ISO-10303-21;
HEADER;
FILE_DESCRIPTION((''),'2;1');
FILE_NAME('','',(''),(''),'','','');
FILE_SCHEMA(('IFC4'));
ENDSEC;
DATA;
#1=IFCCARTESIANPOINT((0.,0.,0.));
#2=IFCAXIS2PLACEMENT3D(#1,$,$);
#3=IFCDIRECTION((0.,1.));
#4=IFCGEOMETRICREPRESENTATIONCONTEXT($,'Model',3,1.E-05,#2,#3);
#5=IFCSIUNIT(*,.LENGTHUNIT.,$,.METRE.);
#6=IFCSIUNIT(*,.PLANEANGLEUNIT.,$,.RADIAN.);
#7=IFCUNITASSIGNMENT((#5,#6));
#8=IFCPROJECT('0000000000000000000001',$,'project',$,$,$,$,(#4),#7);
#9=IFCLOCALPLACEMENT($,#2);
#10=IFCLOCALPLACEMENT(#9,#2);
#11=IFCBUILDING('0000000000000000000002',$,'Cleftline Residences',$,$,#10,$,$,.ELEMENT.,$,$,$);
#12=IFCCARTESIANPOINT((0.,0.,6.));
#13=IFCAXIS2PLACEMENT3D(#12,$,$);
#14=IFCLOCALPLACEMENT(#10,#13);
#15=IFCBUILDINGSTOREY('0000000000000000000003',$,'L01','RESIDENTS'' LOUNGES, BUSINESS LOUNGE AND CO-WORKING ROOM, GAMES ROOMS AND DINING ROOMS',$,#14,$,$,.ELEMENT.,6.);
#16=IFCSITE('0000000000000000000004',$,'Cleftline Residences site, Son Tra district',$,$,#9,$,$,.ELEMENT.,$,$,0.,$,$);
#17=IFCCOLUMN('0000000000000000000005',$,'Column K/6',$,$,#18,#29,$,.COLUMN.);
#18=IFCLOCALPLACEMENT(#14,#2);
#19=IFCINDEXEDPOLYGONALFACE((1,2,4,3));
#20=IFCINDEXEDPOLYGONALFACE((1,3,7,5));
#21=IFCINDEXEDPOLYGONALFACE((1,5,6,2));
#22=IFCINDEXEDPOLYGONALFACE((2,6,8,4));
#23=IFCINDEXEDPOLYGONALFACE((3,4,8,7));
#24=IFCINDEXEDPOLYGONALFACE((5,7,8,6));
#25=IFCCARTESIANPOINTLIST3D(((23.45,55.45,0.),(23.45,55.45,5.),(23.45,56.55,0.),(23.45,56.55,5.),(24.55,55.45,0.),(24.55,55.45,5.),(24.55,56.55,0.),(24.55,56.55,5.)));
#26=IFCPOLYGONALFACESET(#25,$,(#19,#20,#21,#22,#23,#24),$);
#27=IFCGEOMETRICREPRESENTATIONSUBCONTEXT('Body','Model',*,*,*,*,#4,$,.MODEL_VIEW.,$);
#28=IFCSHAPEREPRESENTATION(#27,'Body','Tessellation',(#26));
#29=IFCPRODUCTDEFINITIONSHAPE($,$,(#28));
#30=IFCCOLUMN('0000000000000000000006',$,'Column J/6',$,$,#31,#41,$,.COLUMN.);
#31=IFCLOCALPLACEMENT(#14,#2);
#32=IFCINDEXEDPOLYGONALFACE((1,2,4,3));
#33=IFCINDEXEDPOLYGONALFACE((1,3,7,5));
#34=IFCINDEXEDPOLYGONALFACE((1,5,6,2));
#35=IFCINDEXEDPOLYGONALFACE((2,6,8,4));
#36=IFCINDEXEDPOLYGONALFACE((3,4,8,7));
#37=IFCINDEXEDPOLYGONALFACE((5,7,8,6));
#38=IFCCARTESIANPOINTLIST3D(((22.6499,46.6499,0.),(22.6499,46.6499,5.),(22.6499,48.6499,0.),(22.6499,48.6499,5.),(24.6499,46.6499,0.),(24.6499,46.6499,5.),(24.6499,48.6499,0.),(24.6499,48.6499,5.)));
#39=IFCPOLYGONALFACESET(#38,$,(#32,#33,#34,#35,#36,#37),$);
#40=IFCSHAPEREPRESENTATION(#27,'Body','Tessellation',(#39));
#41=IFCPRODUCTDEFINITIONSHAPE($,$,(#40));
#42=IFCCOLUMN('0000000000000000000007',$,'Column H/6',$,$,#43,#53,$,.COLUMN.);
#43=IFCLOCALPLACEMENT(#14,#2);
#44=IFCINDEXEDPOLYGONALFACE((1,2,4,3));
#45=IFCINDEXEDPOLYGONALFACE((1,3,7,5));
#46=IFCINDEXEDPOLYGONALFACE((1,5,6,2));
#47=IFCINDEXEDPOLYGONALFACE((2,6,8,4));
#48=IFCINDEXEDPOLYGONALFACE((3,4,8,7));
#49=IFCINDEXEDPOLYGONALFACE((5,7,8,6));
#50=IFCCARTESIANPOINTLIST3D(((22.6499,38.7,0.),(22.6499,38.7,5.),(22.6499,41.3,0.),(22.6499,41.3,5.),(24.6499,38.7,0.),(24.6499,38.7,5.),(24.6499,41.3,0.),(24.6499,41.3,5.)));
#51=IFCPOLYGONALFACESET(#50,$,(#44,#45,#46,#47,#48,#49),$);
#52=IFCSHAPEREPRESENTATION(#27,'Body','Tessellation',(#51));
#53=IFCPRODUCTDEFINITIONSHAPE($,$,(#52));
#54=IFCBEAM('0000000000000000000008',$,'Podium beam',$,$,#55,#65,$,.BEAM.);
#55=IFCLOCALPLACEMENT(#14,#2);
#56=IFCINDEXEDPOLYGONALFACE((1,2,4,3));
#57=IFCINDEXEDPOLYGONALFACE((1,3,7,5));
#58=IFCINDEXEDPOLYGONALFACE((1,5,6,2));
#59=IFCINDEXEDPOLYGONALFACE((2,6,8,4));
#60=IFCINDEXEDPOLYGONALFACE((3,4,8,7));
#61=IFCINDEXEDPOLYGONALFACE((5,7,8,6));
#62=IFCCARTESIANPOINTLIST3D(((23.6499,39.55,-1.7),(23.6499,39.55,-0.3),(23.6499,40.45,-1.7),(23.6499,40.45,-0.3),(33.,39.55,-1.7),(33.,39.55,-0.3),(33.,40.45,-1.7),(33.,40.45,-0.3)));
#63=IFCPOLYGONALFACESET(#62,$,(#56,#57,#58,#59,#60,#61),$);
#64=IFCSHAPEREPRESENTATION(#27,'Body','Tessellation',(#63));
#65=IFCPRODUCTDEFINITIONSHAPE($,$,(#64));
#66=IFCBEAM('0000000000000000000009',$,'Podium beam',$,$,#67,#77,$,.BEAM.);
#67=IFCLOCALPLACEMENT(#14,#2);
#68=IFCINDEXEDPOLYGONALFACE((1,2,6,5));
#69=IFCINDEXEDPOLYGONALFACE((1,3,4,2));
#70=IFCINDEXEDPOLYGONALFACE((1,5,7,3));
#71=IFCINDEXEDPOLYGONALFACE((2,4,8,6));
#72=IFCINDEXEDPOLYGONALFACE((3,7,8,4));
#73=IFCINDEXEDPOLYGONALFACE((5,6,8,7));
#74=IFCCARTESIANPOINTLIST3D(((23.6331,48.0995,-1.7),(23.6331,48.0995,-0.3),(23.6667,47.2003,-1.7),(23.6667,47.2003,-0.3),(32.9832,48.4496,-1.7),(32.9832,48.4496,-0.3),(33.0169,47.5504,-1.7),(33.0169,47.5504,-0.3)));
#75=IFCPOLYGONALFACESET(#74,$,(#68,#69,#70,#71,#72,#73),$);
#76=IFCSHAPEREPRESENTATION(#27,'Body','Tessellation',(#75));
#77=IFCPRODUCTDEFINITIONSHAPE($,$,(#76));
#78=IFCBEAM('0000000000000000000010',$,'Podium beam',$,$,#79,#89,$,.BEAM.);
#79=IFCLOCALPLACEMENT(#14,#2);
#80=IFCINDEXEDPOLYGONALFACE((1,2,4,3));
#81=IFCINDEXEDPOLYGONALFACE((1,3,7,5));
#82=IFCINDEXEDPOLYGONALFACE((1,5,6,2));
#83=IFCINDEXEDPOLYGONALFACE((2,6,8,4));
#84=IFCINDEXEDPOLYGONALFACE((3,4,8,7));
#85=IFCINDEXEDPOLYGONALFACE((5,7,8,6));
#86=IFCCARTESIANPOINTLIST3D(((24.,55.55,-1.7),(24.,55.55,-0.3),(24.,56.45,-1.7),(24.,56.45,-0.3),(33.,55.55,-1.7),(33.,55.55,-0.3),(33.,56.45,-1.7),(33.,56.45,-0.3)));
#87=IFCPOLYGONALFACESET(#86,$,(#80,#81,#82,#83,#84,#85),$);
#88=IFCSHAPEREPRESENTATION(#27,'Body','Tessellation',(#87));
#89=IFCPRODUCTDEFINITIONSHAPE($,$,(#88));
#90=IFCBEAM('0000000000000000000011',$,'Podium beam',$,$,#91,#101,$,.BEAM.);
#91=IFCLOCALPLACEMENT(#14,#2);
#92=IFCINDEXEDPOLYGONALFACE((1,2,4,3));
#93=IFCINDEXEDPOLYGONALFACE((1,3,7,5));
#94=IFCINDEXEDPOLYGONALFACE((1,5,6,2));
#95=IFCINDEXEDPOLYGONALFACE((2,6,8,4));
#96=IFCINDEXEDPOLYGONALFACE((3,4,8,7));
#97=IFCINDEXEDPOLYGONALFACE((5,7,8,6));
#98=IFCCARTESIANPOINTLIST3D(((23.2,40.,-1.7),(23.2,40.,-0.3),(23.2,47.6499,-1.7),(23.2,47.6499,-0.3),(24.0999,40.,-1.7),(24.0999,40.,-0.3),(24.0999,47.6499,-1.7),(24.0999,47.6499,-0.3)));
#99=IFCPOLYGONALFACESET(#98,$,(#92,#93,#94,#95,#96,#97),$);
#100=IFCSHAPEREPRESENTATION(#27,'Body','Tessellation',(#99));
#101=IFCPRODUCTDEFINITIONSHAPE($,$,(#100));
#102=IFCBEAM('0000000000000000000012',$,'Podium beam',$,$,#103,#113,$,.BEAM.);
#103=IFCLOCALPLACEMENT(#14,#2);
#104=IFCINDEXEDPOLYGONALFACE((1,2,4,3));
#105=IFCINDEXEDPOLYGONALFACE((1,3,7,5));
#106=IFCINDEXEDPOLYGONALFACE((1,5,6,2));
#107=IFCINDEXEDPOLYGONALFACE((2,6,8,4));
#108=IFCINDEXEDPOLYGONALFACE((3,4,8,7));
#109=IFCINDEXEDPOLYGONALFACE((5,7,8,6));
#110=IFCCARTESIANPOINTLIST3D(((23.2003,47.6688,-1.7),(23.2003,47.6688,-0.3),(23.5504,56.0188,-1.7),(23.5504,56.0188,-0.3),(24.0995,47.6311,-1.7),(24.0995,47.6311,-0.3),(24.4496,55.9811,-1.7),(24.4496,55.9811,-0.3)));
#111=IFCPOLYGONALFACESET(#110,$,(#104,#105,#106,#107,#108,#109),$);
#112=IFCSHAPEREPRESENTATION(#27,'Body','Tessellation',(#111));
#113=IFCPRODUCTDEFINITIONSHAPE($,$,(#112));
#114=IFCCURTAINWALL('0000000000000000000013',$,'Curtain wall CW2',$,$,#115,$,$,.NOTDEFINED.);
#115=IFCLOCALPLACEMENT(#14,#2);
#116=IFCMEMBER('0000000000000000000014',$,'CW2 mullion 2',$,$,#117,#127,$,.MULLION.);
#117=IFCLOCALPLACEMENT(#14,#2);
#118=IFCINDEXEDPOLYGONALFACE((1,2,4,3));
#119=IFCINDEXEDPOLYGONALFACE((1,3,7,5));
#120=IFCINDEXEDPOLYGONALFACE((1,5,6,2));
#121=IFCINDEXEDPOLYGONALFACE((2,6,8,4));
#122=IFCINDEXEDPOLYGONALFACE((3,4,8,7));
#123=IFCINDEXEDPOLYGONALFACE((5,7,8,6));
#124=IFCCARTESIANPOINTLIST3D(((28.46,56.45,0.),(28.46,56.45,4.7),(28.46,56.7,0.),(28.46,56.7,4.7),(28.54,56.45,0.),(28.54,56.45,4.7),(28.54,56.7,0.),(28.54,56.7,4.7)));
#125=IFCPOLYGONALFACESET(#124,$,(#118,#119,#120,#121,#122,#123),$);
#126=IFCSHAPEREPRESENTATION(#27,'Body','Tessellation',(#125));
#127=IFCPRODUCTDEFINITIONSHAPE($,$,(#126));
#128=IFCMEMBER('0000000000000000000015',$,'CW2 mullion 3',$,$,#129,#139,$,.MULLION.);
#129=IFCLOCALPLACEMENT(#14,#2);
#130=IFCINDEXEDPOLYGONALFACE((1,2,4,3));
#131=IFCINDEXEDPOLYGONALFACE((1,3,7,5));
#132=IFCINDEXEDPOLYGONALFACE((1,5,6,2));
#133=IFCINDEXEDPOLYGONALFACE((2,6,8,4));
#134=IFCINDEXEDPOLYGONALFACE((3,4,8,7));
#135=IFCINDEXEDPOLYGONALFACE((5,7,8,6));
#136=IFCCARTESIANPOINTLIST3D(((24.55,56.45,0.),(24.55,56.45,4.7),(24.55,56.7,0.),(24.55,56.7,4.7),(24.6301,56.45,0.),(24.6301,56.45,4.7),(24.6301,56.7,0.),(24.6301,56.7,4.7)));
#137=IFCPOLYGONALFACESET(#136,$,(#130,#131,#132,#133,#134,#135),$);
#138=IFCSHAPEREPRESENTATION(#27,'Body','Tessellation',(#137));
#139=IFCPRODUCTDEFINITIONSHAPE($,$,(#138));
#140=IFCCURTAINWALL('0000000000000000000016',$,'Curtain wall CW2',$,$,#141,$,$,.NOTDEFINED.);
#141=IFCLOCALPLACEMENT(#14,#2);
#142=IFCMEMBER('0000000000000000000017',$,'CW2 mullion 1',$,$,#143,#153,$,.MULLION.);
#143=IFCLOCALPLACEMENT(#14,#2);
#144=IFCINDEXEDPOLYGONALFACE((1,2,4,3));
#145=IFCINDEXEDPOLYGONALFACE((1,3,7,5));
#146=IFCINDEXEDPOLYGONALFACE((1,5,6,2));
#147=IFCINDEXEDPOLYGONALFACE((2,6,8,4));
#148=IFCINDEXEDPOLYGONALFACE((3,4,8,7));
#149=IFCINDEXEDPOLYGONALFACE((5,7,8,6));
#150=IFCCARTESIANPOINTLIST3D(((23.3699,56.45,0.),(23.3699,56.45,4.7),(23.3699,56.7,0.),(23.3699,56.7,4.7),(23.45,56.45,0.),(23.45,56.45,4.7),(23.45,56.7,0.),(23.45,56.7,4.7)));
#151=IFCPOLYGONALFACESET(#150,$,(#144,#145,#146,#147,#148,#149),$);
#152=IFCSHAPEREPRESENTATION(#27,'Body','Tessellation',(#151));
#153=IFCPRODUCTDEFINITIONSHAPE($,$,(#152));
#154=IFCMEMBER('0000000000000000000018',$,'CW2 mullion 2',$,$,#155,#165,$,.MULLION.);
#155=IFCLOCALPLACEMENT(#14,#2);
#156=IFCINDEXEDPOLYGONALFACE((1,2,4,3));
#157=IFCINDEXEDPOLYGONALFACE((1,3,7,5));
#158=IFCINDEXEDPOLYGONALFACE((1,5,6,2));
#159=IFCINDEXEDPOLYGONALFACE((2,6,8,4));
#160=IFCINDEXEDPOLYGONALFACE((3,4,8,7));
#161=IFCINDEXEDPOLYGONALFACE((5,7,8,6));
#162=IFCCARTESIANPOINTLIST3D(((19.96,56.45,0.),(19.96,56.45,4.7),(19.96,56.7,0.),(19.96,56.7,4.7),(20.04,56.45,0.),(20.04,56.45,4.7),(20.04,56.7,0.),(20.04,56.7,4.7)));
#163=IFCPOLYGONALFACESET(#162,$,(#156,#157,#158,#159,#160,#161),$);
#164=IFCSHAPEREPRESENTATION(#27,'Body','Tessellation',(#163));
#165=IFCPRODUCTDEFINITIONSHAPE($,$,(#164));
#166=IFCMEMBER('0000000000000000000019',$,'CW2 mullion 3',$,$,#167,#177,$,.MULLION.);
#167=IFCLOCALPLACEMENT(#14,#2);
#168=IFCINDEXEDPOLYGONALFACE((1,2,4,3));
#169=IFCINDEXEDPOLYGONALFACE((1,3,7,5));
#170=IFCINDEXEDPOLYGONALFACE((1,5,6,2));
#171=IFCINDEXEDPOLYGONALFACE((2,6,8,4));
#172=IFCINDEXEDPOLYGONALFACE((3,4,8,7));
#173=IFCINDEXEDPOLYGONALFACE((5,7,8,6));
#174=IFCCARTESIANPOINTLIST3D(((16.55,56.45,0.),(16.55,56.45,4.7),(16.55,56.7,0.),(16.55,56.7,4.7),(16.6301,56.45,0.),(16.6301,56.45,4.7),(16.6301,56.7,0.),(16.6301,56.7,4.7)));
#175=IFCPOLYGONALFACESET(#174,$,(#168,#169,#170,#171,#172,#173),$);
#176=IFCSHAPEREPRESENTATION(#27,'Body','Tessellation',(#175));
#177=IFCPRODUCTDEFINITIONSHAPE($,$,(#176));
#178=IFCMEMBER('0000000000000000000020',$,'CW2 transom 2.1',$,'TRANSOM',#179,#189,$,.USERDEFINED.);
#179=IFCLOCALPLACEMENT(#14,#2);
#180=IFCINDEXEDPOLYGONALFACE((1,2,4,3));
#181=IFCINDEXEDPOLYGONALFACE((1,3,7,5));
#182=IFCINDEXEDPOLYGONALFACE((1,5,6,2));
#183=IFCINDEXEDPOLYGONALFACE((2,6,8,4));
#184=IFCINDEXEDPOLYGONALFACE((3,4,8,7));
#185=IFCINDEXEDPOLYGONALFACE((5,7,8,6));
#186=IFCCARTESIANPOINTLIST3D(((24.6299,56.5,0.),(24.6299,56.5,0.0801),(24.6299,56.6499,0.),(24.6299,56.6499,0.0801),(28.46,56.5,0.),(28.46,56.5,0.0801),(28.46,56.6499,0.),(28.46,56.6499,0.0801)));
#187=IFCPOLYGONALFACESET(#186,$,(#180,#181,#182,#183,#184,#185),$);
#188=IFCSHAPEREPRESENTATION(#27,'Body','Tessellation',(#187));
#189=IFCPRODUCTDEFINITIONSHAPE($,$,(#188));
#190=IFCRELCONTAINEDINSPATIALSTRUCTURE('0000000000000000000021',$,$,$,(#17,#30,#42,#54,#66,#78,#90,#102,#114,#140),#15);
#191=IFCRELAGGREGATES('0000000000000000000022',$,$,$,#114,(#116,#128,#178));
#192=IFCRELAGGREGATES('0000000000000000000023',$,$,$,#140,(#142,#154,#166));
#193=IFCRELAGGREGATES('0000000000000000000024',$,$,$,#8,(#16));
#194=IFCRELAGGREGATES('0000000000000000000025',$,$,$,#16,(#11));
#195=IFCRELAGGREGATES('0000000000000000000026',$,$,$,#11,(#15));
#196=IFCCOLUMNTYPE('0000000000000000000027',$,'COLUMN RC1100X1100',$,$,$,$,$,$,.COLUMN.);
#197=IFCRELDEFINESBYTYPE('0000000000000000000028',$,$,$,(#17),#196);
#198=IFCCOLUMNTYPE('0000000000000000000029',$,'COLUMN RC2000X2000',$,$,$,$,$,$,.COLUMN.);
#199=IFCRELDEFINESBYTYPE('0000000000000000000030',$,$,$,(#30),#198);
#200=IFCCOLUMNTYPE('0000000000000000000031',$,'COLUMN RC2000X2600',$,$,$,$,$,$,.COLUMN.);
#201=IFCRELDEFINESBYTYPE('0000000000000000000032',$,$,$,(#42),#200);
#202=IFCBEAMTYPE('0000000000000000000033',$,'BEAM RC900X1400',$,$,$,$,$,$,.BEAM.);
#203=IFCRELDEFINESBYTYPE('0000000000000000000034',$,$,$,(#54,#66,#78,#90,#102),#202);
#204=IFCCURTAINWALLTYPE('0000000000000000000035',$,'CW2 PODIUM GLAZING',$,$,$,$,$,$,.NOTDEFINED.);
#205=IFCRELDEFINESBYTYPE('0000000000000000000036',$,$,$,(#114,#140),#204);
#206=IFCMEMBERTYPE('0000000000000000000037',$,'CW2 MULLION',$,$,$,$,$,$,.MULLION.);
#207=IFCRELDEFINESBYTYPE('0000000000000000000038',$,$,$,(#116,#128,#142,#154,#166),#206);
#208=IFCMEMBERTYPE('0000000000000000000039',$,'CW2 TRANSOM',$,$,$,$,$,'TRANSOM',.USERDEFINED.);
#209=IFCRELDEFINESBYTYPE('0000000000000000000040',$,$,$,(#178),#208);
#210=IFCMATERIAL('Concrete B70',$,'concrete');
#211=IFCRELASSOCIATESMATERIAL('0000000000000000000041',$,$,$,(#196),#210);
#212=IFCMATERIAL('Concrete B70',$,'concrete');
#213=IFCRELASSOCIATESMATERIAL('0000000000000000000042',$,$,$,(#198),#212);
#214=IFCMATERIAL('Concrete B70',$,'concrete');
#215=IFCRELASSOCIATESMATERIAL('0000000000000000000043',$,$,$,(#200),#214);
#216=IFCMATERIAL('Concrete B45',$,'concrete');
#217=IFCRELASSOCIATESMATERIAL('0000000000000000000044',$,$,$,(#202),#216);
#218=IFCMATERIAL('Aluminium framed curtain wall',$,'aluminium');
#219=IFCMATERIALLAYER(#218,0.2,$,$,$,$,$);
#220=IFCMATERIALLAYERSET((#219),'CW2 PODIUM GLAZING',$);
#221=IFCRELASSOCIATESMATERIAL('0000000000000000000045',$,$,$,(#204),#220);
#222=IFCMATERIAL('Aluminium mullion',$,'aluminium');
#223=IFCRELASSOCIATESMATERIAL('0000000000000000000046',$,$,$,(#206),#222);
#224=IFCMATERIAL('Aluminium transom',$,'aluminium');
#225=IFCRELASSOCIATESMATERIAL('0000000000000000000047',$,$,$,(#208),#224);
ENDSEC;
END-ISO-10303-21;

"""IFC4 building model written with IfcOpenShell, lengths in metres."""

from ifc_helpers import new_model, si_unit, direction, frame, origin, origin_2d, place, context, subcontext, project, spatial, rectangle, extrude, material, layer, layer_set, material_profile, profile_set, type_object, element, aggregate, save


model = new_model("IFC4")

# Units and contexts
model_context = context("Model", 3, precision=1e-05, world=origin(), true_north=direction((0.0, 1.0)))
body_context = subcontext(model_context, "Body", "Model", "MODEL_VIEW")
ifc_project = project(units=[si_unit("LENGTHUNIT", "METRE"), si_unit("PLANEANGLEUNIT", "RADIAN")], contexts=[model_context])

# Site, building, storey
site_placement = place(None, origin())
site = spatial("IfcSite", under=ifc_project, at=site_placement, Name="Cleftline Residences site, Son Tra district", CompositionType="ELEMENT", RefElevation=0.0)
building_placement = place(site_placement, origin())
building = spatial("IfcBuilding", under=site, at=building_placement, Name="Cleftline Residences", CompositionType="ELEMENT")
storey_placement = place(building_placement, frame((0.0, 0.0, 6.0)))
storey = spatial("IfcBuildingStorey", under=building, at=storey_placement, Name="L01", Description="RESIDENTS' LOUNGES, BUSINESS LOUNGE AND CO-WORKING ROOM, GAMES ROOMS AND DINING ROOMS", CompositionType="ELEMENT", Elevation=6.0)

# Columns
ifc_material_1 = material(Name="Concrete B70", Category="concrete")
ifc_material_profile_1 = material_profile(ifc_material_1, rectangle(XDim=1.1001, YDim=1.1001, at=origin_2d()))
ifc_profile_set_1 = profile_set([ifc_material_profile_1], Name="Concrete B70")
column_type_1 = type_object("IfcColumnType", Name="COLUMN RC1100X1100", PredefinedType="COLUMN", material=ifc_profile_set_1)
column_1_placement = place(storey_placement, frame((24.0, 56.0, 0.0), z_axis=(0.0, 0.0, 1.0), x_axis=(1.0, 0.0, 0.0)))
element("IfcColumn", 1, at=column_1_placement, inside=storey, type_object=column_type_1, Name="Column K/6", PredefinedType="COLUMN", context=body_context, shape_type="SweptSolid", body=[
    extrude(rectangle(XDim=1.1001, YDim=1.1001, at=origin_2d()), origin(), (0.0, 0.0, 1.0), 5.0),
])
ifc_material_2 = material(Name="Concrete B70", Category="concrete")
ifc_material_profile_2 = material_profile(ifc_material_2, rectangle(XDim=2.0, YDim=2.0, at=origin_2d()))
ifc_profile_set_2 = profile_set([ifc_material_profile_2], Name="Concrete B70")
column_type_2 = type_object("IfcColumnType", Name="COLUMN RC2000X2000", PredefinedType="COLUMN", material=ifc_profile_set_2)
column_2_placement = place(storey_placement, frame((23.6499, 47.6499, 0.0), z_axis=(0.0, 0.0, 1.0), x_axis=(1.0, 0.0, 0.0)))
element("IfcColumn", 2, at=column_2_placement, inside=storey, type_object=column_type_2, Name="Column J/6", PredefinedType="COLUMN", context=body_context, shape_type="SweptSolid", body=[
    extrude(rectangle(XDim=2.0, YDim=2.0, at=origin_2d()), origin(), (0.0, 0.0, 1.0), 5.0),
])
ifc_material_3 = material(Name="Concrete B70", Category="concrete")
ifc_material_profile_3 = material_profile(ifc_material_3, rectangle(XDim=2.0, YDim=2.6001, at=origin_2d()))
ifc_profile_set_3 = profile_set([ifc_material_profile_3], Name="Concrete B70")
column_type_3 = type_object("IfcColumnType", Name="COLUMN RC2000X2600", PredefinedType="COLUMN", material=ifc_profile_set_3)
column_3_placement = place(storey_placement, frame((23.6499, 40.0, 0.0), z_axis=(0.0, 0.0, 1.0), x_axis=(1.0, 0.0, 0.0)))
element("IfcColumn", 3, at=column_3_placement, inside=storey, type_object=column_type_3, Name="Column H/6", PredefinedType="COLUMN", context=body_context, shape_type="SweptSolid", body=[
    extrude(rectangle(XDim=2.0, YDim=2.6001, at=origin_2d()), origin(), (0.0, 0.0, 1.0), 5.0),
])

# Beams
ifc_material_4 = material(Name="Concrete B45", Category="concrete")
ifc_material_profile_4 = material_profile(ifc_material_4, rectangle(XDim=0.8999, YDim=1.3999, at=origin_2d()))
ifc_profile_set_4 = profile_set([ifc_material_profile_4], Name="Concrete B45")
beam_type = type_object("IfcBeamType", Name="BEAM RC900X1400", PredefinedType="BEAM", material=ifc_profile_set_4)
beam_1_placement = place(storey_placement, frame((23.6499, 40.0, -1.0), z_axis=(1.0, 0.0, 0.0), x_axis=(0.0, 1.0, 0.0)))
element("IfcBeam", 4, at=beam_1_placement, inside=storey, type_object=beam_type, Name="Podium beam", PredefinedType="BEAM", context=body_context, shape_type="SweptSolid", body=[
    extrude(rectangle(XDim=0.8999, YDim=1.3999, at=origin_2d()), origin(), (0.0, 0.0, 1.0), 9.3501),
])
beam_2_placement = place(storey_placement, frame((23.6499, 47.6499, -1.0), z_axis=(0.9993, 0.037417, 0.0), x_axis=(-0.037417, 0.9993, 0.0)))
element("IfcBeam", 5, at=beam_2_placement, inside=storey, type_object=beam_type, Name="Podium beam", PredefinedType="BEAM", context=body_context, shape_type="SweptSolid", body=[
    extrude(rectangle(XDim=0.8999, YDim=1.3999, at=origin_2d()), origin(), (0.0, 0.0, 1.0), 9.3567),
])
beam_3_placement = place(storey_placement, frame((24.0, 56.0, -1.0), z_axis=(1.0, 0.0, 0.0), x_axis=(0.0, 1.0, 0.0)))
element("IfcBeam", 6, at=beam_3_placement, inside=storey, type_object=beam_type, Name="Podium beam", PredefinedType="BEAM", context=body_context, shape_type="SweptSolid", body=[
    extrude(rectangle(XDim=0.8999, YDim=1.3999, at=origin_2d()), origin(), (0.0, 0.0, 1.0), 9.0),
])
beam_4_placement = place(storey_placement, frame((23.6499, 40.0, -1.0), z_axis=(0.0, 1.0, 0.0), x_axis=(-1.0, 0.0, 0.0)))
element("IfcBeam", 7, at=beam_4_placement, inside=storey, type_object=beam_type, Name="Podium beam", PredefinedType="BEAM", context=body_context, shape_type="SweptSolid", body=[
    extrude(rectangle(XDim=0.8999, YDim=1.3999, at=origin_2d()), origin(), (0.0, 0.0, 1.0), 7.6499),
])
beam_5_placement = place(storey_placement, frame((23.6499, 47.6499, -1.0), z_axis=(0.041891, 0.999122, 0.0), x_axis=(-0.999122, 0.041891, 0.0)))
element("IfcBeam", 8, at=beam_5_placement, inside=storey, type_object=beam_type, Name="Podium beam", PredefinedType="BEAM", context=body_context, shape_type="SweptSolid", body=[
    extrude(rectangle(XDim=0.8999, YDim=1.3999, at=origin_2d()), origin(), (0.0, 0.0, 1.0), 8.3574),
])

# Curtain walls, members
ifc_material_5 = material(Name="Aluminium framed curtain wall", Category="aluminium")
ifc_layer_1 = layer(ifc_material_5, 0.2)
ifc_layer_set_1 = layer_set([ifc_layer_1], Name="CW2 PODIUM GLAZING")
curtain_wall_type = type_object("IfcCurtainWallType", Name="CW2 PODIUM GLAZING", PredefinedType="NOTDEFINED", material=ifc_layer_set_1)
curtain_wall_1_placement = place(storey_placement, origin())
curtain_wall_1 = element("IfcCurtainWall", 9, at=curtain_wall_1_placement, inside=storey, type_object=curtain_wall_type, Name="Curtain wall CW2", PredefinedType="NOTDEFINED")
ifc_material_6 = material(Name="Aluminium mullion", Category="aluminium")
ifc_material_profile_5 = material_profile(ifc_material_6, rectangle(XDim=0.25, YDim=0.0801, at=origin_2d()))
ifc_profile_set_5 = profile_set([ifc_material_profile_5], Name="Aluminium mullion")
member_type_1 = type_object("IfcMemberType", Name="CW2 MULLION", PredefinedType="MULLION", material=ifc_profile_set_5)
member_1_placement = place(storey_placement, frame((28.5, 56.575, 0.0), z_axis=(0.0, 0.0, 1.0), x_axis=(0.0, -1.0, 0.0)))
member_1 = element("IfcMember", 10, at=member_1_placement, type_object=member_type_1, Name="CW2 mullion 2", PredefinedType="MULLION", context=body_context, shape_type="SweptSolid", body=[
    extrude(rectangle(XDim=0.25, YDim=0.0801, at=origin_2d()), origin(), (0.0, 0.0, 1.0), 4.7),
])
member_2_placement = place(storey_placement, frame((24.5901, 56.575, 0.0), z_axis=(0.0, 0.0, 1.0), x_axis=(0.0, -1.0, 0.0)))
member_2 = element("IfcMember", 11, at=member_2_placement, type_object=member_type_1, Name="CW2 mullion 3", PredefinedType="MULLION", context=body_context, shape_type="SweptSolid", body=[
    extrude(rectangle(XDim=0.25, YDim=0.0801, at=origin_2d()), origin(), (0.0, 0.0, 1.0), 4.7),
])
curtain_wall_2_placement = place(storey_placement, origin())
curtain_wall_2 = element("IfcCurtainWall", 12, at=curtain_wall_2_placement, inside=storey, type_object=curtain_wall_type, Name="Curtain wall CW2", PredefinedType="NOTDEFINED")
member_3_placement = place(storey_placement, frame((23.4099, 56.575, 0.0), z_axis=(0.0, 0.0, 1.0), x_axis=(0.0, -1.0, 0.0)))
member_3 = element("IfcMember", 13, at=member_3_placement, type_object=member_type_1, Name="CW2 mullion 1", PredefinedType="MULLION", context=body_context, shape_type="SweptSolid", body=[
    extrude(rectangle(XDim=0.25, YDim=0.0801, at=origin_2d()), origin(), (0.0, 0.0, 1.0), 4.7),
])
member_4_placement = place(storey_placement, frame((20.0, 56.575, 0.0), z_axis=(0.0, 0.0, 1.0), x_axis=(0.0, -1.0, 0.0)))
member_4 = element("IfcMember", 14, at=member_4_placement, type_object=member_type_1, Name="CW2 mullion 2", PredefinedType="MULLION", context=body_context, shape_type="SweptSolid", body=[
    extrude(rectangle(XDim=0.25, YDim=0.0801, at=origin_2d()), origin(), (0.0, 0.0, 1.0), 4.7),
])
member_5_placement = place(storey_placement, frame((16.5901, 56.575, 0.0), z_axis=(0.0, 0.0, 1.0), x_axis=(0.0, -1.0, 0.0)))
member_5 = element("IfcMember", 15, at=member_5_placement, type_object=member_type_1, Name="CW2 mullion 3", PredefinedType="MULLION", context=body_context, shape_type="SweptSolid", body=[
    extrude(rectangle(XDim=0.25, YDim=0.0801, at=origin_2d()), origin(), (0.0, 0.0, 1.0), 4.7),
])

# Member
ifc_material_7 = material(Name="Aluminium transom", Category="aluminium")
ifc_material_profile_6 = material_profile(ifc_material_7, rectangle(XDim=0.1499, YDim=0.0801, at=origin_2d()))
ifc_profile_set_6 = profile_set([ifc_material_profile_6], Name="Aluminium transom")
member_type_2 = type_object("IfcMemberType", Name="CW2 TRANSOM", ElementType="TRANSOM", PredefinedType="USERDEFINED", material=ifc_profile_set_6)
member_6_placement = place(storey_placement, frame((28.46, 56.575, 0.04), z_axis=(-1.0, 0.0, 0.0), x_axis=(0.0, -1.0, 0.0)))
member_6 = element("IfcMember", 16, at=member_6_placement, type_object=member_type_2, Name="CW2 transom 2.1", ObjectType="TRANSOM", PredefinedType="USERDEFINED", context=body_context, shape_type="SweptSolid", body=[
    extrude(rectangle(XDim=0.1499, YDim=0.0801, at=origin_2d()), origin(), (0.0, 0.0, 1.0), 3.8301),
])

aggregate(curtain_wall_1, [member_1, member_2, member_6])
aggregate(curtain_wall_2, [member_3, member_4, member_5])

save(model, "model.ifc")
